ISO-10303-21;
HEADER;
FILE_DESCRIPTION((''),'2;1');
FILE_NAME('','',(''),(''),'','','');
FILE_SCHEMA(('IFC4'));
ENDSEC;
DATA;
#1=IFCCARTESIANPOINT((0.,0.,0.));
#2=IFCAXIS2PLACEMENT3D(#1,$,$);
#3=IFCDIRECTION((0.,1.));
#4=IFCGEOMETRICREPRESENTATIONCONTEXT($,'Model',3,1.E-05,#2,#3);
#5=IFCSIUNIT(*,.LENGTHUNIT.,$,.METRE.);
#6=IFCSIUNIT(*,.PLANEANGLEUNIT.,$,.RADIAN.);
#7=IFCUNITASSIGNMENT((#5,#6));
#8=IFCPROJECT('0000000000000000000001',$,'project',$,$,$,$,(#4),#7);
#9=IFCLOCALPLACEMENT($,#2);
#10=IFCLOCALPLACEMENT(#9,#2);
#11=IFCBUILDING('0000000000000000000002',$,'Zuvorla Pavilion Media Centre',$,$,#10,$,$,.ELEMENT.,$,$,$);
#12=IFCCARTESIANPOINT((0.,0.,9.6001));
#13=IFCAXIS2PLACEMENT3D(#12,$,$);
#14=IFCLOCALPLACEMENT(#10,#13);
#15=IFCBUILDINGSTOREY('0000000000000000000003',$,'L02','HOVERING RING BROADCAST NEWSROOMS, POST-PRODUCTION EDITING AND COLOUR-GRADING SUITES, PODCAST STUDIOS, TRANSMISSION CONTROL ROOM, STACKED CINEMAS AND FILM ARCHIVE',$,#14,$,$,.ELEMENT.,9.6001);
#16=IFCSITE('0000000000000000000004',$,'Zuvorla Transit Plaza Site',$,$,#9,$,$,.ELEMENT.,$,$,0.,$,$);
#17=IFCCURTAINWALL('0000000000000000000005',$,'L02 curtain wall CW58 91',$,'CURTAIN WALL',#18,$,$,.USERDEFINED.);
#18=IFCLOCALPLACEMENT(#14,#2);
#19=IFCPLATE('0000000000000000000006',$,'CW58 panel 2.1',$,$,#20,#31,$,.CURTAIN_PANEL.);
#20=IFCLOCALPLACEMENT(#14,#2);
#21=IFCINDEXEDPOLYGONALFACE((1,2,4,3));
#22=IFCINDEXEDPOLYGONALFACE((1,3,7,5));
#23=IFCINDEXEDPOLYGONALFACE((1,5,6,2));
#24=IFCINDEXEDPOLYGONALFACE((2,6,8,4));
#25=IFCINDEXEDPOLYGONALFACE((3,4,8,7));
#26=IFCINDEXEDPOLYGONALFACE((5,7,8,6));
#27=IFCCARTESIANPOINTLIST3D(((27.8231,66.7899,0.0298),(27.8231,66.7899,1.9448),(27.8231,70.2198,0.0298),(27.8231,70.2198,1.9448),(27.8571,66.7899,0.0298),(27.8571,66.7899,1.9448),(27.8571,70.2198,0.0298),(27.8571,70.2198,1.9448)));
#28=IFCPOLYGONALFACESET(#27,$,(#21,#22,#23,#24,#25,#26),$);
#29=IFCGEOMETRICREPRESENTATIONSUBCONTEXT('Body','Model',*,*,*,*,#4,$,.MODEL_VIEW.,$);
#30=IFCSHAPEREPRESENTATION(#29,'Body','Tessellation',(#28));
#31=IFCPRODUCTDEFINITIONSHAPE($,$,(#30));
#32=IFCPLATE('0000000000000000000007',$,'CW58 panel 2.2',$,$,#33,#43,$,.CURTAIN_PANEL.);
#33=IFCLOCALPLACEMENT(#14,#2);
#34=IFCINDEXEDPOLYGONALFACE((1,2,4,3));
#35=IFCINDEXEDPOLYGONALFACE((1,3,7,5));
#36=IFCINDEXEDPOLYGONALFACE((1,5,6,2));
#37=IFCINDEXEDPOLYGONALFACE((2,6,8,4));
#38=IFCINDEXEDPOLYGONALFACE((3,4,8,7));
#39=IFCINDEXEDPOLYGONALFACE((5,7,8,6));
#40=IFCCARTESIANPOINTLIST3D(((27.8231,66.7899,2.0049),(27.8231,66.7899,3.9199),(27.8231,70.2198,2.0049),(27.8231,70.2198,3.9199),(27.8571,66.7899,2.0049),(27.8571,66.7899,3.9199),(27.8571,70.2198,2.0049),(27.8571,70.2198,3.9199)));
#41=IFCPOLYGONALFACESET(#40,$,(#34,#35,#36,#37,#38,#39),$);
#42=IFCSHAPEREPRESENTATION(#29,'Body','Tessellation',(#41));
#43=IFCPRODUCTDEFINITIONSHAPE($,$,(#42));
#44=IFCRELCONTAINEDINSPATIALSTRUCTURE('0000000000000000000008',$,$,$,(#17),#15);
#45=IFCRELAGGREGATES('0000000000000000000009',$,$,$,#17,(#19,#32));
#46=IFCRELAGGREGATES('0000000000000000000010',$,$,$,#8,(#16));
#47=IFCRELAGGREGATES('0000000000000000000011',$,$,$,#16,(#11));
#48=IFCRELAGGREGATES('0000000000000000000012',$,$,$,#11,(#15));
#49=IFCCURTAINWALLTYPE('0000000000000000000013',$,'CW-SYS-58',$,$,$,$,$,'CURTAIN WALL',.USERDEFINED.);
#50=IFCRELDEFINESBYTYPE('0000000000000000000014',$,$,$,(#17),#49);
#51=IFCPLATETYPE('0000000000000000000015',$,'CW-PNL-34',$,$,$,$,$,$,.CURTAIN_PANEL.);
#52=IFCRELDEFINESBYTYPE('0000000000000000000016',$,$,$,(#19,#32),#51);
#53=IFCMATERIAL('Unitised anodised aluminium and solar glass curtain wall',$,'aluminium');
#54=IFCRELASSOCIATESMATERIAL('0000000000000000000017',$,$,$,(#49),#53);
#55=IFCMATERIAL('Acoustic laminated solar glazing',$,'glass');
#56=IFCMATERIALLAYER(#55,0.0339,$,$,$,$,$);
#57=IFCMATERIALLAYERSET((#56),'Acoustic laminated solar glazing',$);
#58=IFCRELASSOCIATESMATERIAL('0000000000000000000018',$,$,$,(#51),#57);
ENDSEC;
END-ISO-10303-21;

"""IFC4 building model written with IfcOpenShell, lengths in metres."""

from ifc_helpers import new_model, si_unit, direction, frame, origin, origin_2d, place, context, subcontext, project, spatial, rectangle, extrude, material, layer, layer_set, type_object, element, aggregate, save


model = new_model("IFC4")

# Units and contexts
model_context = context("Model", 3, precision=1e-05, world=origin(), true_north=direction((0.0, 1.0)))
body_context = subcontext(model_context, "Body", "Model", "MODEL_VIEW")
ifc_project = project(units=[si_unit("LENGTHUNIT", "METRE"), si_unit("PLANEANGLEUNIT", "RADIAN")], contexts=[model_context])

# Site, building, storey
site_placement = place(None, origin())
site = spatial("IfcSite", under=ifc_project, at=site_placement, Name="Zuvorla Transit Plaza Site", CompositionType="ELEMENT", RefElevation=0.0)
building_placement = place(site_placement, origin())
building = spatial("IfcBuilding", under=site, at=building_placement, Name="Zuvorla Pavilion Media Centre", CompositionType="ELEMENT")
storey_placement = place(building_placement, frame((0.0, 0.0, 9.6001)))
storey = spatial("IfcBuildingStorey", under=building, at=storey_placement, Name="L02", Description="HOVERING RING BROADCAST NEWSROOMS, POST-PRODUCTION EDITING AND COLOUR-GRADING SUITES, PODCAST STUDIOS, TRANSMISSION CONTROL ROOM, STACKED CINEMAS AND FILM ARCHIVE", CompositionType="ELEMENT", Elevation=9.6001)

# Shared definitions
ifc_material_1 = material(Name="Unitised anodised aluminium and solar glass curtain wall", Category="aluminium")

# Curtain wall
curtain_wall_type_1 = type_object("IfcCurtainWallType", Name="CW-SYS-58", ElementType="CURTAIN WALL", PredefinedType="USERDEFINED", material=ifc_material_1)
curtain_wall_1_placement = place(storey_placement, origin())
curtain_wall_1 = element("IfcCurtainWall", 1, at=curtain_wall_1_placement, inside=storey, type_object=curtain_wall_type_1, Name="L02 curtain wall CW58 91", ObjectType="CURTAIN WALL", PredefinedType="USERDEFINED")

# Plates
ifc_material_2 = material(Name="Acoustic laminated solar glazing", Category="glass")
ifc_layer_1 = layer(ifc_material_2, 0.0339)
ifc_layer_set_1 = layer_set([ifc_layer_1], Name="Acoustic laminated solar glazing")
plate_type_1 = type_object("IfcPlateType", Name="CW-PNL-34", PredefinedType="CURTAIN_PANEL", material=ifc_layer_set_1)
plate_1_placement = place(storey_placement, frame((27.8401, 68.5049, 0.0298), z_axis=(0.0, 0.0, 1.0), x_axis=(0.0, -1.0, 0.0)))
plate_1 = element("IfcPlate", 2, at=plate_1_placement, type_object=plate_type_1, Name="CW58 panel 2.1", PredefinedType="CURTAIN_PANEL", context=body_context, shape_type="SweptSolid", body=[
    extrude(rectangle(XDim=3.4299, YDim=0.0339, at=origin_2d()), origin(), (0.0, 0.0, 1.0), 1.915),
])
plate_2_placement = place(storey_placement, frame((27.8401, 68.5049, 2.0049), z_axis=(0.0, 0.0, 1.0), x_axis=(0.0, -1.0, 0.0)))
plate_2 = element("IfcPlate", 3, at=plate_2_placement, type_object=plate_type_1, Name="CW58 panel 2.2", PredefinedType="CURTAIN_PANEL", context=body_context, shape_type="SweptSolid", body=[
    extrude(rectangle(XDim=3.4299, YDim=0.0339, at=origin_2d()), origin(), (0.0, 0.0, 1.0), 1.915),
])
aggregate(curtain_wall_1, [plate_1, plate_2])

save(model, "model.ifc")
